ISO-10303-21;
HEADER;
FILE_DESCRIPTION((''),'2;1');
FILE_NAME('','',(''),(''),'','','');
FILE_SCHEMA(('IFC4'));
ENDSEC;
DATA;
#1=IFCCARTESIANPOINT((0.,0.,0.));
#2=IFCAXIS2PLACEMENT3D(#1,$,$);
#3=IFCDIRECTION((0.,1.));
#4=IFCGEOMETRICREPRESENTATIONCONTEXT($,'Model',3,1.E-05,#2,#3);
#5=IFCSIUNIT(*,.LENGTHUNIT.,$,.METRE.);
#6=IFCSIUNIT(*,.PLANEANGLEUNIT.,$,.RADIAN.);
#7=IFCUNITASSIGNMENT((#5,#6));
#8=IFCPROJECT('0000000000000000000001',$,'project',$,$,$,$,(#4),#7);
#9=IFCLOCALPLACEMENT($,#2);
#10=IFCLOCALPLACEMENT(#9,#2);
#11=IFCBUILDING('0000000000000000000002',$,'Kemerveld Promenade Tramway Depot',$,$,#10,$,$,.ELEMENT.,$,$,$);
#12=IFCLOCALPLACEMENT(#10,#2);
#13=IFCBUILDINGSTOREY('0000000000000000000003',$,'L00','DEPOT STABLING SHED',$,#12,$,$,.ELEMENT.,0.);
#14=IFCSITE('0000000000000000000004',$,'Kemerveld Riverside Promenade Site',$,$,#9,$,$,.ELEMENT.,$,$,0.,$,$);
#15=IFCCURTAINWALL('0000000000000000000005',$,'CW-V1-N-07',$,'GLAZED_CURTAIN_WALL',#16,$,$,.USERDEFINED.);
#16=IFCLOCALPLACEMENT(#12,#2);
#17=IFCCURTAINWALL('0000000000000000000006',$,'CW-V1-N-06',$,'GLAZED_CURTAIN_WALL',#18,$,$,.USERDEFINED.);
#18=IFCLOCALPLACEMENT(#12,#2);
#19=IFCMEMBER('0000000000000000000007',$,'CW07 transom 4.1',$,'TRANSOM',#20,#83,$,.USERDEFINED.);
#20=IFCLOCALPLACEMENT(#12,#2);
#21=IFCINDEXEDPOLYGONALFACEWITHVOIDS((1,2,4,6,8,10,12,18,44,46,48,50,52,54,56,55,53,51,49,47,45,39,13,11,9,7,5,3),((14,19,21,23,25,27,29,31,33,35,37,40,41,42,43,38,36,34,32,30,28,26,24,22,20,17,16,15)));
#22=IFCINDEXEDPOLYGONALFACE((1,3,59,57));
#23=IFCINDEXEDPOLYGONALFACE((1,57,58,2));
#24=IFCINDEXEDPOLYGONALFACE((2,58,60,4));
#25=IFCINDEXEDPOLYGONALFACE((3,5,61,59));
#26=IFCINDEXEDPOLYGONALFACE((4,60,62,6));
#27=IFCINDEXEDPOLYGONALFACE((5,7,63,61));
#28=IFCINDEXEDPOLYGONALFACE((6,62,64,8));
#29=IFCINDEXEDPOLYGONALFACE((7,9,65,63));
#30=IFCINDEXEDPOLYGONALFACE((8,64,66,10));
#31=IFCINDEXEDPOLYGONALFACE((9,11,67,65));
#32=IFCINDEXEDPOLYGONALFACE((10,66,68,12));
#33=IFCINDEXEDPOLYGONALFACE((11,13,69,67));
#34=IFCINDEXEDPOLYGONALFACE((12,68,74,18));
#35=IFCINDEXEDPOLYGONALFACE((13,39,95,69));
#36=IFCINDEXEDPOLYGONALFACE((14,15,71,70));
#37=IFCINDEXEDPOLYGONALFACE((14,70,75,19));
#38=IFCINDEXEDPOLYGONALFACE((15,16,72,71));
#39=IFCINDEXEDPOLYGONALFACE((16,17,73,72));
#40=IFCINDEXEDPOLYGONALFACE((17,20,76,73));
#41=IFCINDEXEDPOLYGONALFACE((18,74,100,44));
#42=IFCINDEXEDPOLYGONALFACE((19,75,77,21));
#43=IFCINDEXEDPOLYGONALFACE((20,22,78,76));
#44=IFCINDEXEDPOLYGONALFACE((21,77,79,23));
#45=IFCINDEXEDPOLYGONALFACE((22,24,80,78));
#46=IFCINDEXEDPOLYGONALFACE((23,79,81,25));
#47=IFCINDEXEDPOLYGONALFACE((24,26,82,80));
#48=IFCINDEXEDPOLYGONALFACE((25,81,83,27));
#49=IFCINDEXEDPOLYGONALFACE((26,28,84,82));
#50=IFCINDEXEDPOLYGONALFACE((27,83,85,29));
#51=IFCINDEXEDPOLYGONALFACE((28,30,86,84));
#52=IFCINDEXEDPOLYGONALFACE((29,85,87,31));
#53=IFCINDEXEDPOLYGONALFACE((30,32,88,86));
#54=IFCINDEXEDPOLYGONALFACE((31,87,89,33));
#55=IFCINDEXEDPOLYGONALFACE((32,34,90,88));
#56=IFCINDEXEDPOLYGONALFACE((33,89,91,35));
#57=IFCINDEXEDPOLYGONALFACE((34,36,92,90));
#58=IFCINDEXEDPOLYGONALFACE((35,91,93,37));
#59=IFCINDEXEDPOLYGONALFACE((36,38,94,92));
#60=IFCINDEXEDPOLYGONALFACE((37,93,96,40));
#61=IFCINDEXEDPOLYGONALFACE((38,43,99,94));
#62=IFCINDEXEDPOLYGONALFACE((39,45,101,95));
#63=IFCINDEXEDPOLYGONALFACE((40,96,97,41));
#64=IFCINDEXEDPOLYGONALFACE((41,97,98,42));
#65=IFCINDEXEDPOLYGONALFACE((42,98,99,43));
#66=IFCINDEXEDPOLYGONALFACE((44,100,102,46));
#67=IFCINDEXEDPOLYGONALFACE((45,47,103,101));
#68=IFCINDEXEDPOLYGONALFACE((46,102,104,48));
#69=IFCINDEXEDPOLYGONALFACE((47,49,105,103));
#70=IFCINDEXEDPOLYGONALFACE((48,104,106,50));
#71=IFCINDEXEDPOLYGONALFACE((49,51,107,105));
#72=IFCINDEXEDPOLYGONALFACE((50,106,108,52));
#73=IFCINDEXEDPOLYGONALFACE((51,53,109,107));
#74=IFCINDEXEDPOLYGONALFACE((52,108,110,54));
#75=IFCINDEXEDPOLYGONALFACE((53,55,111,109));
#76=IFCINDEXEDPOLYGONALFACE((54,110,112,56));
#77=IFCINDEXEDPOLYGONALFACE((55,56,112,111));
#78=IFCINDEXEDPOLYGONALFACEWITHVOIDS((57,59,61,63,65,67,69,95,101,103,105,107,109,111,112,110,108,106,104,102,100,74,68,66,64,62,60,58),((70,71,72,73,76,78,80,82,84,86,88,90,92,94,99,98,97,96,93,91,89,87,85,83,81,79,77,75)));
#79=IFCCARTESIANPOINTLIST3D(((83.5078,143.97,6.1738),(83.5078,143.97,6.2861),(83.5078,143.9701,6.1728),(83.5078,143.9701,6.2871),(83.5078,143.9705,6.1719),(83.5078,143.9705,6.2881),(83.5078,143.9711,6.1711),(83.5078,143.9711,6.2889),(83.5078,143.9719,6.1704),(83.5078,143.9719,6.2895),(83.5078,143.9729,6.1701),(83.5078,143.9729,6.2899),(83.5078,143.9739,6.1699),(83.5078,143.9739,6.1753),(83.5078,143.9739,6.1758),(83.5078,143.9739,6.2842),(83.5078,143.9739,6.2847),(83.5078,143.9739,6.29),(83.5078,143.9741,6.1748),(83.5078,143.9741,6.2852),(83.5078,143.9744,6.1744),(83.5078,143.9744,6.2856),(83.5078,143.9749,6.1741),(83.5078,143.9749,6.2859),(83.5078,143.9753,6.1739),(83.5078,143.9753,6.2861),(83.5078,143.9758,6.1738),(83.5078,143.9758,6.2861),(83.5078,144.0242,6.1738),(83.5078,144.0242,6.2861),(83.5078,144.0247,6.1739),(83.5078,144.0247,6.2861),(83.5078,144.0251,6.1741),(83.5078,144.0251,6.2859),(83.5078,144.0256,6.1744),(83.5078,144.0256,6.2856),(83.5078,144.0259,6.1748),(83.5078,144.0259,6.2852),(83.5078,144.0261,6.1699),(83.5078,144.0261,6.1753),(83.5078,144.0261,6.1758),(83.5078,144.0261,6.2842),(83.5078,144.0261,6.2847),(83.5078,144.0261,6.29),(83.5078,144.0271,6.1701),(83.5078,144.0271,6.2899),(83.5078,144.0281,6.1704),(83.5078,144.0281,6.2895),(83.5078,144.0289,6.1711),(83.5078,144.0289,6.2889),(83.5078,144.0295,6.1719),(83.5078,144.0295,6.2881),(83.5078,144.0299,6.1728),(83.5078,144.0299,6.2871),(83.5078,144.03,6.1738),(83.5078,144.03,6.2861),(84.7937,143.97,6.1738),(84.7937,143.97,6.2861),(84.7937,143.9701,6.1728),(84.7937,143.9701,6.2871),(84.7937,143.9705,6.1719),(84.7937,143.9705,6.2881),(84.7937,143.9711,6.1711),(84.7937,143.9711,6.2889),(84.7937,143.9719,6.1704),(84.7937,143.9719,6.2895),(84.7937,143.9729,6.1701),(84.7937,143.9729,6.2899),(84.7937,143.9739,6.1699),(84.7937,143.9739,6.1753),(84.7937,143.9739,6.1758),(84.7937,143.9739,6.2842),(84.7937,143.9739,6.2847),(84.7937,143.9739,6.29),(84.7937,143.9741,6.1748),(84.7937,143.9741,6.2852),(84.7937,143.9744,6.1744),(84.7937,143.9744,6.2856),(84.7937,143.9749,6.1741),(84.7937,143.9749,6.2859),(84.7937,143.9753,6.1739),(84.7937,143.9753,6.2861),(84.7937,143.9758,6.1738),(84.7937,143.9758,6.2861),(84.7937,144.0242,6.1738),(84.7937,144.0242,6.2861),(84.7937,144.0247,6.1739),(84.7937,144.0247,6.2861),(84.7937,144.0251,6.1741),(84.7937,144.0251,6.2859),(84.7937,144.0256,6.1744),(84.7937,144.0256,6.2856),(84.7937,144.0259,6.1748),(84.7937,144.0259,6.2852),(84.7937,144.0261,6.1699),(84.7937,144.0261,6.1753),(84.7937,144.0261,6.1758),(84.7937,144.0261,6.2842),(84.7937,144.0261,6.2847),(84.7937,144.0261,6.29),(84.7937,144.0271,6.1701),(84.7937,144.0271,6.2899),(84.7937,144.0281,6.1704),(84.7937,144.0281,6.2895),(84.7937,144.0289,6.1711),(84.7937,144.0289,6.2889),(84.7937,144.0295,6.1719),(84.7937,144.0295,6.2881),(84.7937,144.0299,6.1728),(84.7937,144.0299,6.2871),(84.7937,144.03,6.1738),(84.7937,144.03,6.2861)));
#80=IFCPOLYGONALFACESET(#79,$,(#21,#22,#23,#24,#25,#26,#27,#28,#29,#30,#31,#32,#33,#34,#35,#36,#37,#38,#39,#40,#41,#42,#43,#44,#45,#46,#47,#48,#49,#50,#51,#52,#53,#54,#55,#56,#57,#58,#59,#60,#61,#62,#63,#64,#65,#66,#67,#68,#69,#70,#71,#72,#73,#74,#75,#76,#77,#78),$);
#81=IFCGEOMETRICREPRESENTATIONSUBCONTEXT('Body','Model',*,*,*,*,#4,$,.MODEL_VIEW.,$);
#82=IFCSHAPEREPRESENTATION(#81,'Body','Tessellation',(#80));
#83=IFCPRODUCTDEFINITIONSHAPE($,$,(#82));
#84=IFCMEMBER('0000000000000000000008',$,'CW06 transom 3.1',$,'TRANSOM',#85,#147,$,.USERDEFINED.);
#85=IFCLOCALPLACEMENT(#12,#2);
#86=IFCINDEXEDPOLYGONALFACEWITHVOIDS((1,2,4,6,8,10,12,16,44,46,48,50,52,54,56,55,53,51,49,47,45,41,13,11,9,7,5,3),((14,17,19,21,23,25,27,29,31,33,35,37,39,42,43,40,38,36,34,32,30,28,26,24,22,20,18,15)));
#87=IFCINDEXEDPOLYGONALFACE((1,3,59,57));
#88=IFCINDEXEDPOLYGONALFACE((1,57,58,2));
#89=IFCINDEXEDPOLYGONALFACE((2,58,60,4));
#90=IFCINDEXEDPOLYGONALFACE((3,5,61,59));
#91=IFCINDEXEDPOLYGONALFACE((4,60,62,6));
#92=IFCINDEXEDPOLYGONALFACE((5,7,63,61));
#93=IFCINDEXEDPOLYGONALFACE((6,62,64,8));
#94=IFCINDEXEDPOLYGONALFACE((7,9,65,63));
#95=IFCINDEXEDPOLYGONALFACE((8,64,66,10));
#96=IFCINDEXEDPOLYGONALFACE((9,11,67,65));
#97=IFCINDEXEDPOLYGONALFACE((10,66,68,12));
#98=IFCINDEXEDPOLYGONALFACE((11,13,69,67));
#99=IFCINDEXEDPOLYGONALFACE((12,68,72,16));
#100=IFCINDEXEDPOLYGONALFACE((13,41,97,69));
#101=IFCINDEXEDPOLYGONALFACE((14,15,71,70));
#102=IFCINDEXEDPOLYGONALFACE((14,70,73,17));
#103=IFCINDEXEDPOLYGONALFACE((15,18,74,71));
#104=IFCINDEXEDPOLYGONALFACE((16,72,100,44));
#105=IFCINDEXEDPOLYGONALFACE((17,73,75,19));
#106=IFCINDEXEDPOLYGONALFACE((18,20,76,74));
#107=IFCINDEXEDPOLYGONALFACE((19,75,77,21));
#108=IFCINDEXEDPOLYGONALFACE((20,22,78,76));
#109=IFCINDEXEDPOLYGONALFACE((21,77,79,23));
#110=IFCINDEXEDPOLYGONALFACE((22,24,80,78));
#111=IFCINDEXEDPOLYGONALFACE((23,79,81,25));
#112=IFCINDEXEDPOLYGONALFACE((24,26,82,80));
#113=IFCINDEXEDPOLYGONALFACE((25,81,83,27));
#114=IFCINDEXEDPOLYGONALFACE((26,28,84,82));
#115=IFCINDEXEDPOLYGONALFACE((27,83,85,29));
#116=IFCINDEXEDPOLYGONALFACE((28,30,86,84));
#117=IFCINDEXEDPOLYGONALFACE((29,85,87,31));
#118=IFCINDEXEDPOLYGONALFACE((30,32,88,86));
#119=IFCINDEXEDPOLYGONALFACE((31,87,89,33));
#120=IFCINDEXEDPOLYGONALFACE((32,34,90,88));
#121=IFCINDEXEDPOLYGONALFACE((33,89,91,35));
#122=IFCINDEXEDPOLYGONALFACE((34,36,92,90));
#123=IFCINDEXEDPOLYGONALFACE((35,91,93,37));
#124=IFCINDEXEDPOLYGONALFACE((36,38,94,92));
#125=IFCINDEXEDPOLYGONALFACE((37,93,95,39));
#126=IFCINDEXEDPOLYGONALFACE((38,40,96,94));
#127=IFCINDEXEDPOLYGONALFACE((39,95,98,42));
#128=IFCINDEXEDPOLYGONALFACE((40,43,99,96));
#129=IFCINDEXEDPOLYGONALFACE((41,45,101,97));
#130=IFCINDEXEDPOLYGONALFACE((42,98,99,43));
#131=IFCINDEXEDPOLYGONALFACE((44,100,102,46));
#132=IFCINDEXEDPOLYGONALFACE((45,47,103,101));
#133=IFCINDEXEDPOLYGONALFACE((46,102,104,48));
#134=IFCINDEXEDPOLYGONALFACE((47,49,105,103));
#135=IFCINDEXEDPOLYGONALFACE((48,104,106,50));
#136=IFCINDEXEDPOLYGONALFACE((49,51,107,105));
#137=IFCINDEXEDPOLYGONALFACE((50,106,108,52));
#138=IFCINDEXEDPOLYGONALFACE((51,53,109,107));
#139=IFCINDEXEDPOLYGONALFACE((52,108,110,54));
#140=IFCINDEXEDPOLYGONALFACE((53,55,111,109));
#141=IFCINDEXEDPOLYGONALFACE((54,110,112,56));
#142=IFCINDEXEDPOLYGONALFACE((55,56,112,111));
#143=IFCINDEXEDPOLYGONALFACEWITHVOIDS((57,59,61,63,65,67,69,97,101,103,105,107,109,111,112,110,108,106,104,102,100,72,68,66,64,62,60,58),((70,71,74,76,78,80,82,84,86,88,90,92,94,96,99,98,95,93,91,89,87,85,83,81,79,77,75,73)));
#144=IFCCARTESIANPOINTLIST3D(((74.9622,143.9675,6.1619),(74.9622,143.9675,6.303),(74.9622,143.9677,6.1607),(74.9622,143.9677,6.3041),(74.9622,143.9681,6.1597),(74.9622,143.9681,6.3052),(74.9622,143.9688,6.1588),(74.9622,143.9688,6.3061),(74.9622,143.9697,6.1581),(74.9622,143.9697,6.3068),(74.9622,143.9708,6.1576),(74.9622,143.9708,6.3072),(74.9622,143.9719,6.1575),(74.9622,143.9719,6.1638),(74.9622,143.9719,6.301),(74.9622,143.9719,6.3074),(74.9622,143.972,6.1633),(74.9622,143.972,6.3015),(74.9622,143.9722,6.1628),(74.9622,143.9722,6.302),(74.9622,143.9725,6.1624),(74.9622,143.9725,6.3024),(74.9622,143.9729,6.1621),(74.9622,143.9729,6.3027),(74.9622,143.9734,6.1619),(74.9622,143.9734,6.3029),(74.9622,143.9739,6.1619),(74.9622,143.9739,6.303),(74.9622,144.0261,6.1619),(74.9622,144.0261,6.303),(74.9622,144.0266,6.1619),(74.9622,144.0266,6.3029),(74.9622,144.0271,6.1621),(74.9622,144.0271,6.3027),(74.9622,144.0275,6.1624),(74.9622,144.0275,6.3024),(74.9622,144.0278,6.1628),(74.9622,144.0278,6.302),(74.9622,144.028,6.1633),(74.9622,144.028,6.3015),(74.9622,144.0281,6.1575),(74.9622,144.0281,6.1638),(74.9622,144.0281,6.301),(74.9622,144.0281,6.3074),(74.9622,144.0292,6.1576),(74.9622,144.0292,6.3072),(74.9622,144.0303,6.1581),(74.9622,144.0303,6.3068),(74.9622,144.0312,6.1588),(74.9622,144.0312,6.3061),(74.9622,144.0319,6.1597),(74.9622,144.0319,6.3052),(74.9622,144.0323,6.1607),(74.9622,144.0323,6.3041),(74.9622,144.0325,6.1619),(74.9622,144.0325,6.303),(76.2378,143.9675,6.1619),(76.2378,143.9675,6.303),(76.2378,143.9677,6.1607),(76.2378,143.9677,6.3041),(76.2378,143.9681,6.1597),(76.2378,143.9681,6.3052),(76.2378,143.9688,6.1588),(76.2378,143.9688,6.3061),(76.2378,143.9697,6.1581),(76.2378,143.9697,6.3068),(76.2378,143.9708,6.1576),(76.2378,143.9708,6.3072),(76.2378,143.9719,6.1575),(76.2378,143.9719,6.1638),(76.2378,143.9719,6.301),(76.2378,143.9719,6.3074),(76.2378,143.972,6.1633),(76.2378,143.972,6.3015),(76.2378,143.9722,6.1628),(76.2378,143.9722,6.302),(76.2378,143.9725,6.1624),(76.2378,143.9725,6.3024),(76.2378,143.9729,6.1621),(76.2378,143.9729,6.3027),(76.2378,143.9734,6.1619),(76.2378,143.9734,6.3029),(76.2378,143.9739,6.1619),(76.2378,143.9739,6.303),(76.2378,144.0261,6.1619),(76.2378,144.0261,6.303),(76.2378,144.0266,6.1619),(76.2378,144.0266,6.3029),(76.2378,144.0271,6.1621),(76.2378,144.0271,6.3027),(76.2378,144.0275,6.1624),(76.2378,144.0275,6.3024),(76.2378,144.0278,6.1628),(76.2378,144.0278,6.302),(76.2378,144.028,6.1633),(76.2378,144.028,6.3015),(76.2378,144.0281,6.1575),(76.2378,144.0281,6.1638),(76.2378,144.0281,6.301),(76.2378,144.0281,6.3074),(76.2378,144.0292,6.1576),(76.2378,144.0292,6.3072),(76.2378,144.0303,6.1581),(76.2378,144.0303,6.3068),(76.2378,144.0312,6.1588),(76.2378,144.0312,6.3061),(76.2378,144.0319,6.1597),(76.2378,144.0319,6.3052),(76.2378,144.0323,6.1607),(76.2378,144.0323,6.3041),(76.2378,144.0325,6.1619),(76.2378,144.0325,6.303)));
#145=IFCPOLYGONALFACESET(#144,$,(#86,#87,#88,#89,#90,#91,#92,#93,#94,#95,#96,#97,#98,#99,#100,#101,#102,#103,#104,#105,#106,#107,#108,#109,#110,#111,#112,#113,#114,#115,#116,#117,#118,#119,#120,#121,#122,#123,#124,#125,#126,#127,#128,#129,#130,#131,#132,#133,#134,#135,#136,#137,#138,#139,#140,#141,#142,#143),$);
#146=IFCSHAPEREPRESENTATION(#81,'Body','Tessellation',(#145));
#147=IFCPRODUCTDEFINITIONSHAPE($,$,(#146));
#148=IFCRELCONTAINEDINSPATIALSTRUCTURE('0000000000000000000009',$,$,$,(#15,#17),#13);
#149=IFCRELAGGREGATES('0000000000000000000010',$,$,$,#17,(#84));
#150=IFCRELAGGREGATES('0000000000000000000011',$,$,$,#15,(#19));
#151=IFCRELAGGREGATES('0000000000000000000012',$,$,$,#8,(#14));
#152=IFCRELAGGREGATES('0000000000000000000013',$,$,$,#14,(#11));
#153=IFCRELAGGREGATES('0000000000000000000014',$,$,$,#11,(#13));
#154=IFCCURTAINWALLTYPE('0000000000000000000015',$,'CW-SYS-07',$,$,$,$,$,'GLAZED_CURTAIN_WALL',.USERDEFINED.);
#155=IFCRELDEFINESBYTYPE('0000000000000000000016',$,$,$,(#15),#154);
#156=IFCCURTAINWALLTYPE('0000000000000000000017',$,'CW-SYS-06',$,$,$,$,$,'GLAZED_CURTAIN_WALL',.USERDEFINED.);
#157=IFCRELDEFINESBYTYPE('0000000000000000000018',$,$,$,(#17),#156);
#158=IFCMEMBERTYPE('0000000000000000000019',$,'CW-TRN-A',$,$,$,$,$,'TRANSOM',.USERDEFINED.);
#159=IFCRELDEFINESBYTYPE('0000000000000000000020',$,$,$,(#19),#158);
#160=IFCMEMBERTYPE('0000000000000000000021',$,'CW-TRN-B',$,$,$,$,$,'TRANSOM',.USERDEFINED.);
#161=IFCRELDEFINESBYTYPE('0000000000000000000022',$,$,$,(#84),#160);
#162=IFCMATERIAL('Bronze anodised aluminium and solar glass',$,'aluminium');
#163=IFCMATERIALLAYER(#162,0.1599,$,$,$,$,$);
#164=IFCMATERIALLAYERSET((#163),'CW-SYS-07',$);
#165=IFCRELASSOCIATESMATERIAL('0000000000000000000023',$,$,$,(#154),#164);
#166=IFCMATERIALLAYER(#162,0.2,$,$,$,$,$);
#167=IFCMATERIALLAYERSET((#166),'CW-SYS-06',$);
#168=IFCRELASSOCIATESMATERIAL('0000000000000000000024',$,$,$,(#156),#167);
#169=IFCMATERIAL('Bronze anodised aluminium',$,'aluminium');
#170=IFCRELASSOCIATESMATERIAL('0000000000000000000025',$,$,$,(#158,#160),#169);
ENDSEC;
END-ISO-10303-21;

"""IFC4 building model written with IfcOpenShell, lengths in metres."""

from ifc_helpers import new_model, si_unit, direction, frame, origin, origin_2d, place, context, subcontext, project, spatial, hollow_rectangle, extrude, material, layer, layer_set, material_profile, profile_set, type_object, element, aggregate, save


model = new_model("IFC4")

# Units and contexts
model_context = context("Model", 3, precision=1e-05, world=origin(), true_north=direction((0.0, 1.0)))
body_context = subcontext(model_context, "Body", "Model", "MODEL_VIEW")
ifc_project = project(units=[si_unit("LENGTHUNIT", "METRE"), si_unit("PLANEANGLEUNIT", "RADIAN")], contexts=[model_context])

# Site, building, storey
site_placement = place(None, origin())
site = spatial("IfcSite", under=ifc_project, at=site_placement, Name="Kemerveld Riverside Promenade Site", CompositionType="ELEMENT", RefElevation=0.0)
building_placement = place(site_placement, origin())
building = spatial("IfcBuilding", under=site, at=building_placement, Name="Kemerveld Promenade Tramway Depot", CompositionType="ELEMENT")
storey_placement = place(building_placement, origin())
storey = spatial("IfcBuildingStorey", under=building, at=storey_placement, Name="L00", Description="DEPOT STABLING SHED", CompositionType="ELEMENT", Elevation=0.0)

# Curtain walls
ifc_material_1 = material(Name="Bronze anodised aluminium and solar glass", Category="aluminium")
ifc_layer_1 = layer(ifc_material_1, 0.1599)
ifc_layer_set_1 = layer_set([ifc_layer_1], Name="CW-SYS-07")
curtain_wall_type_1 = type_object("IfcCurtainWallType", Name="CW-SYS-07", ElementType="GLAZED_CURTAIN_WALL", PredefinedType="USERDEFINED", material=ifc_layer_set_1)
curtain_wall_1_placement = place(storey_placement, origin())
curtain_wall_1 = element("IfcCurtainWall", 1, at=curtain_wall_1_placement, inside=storey, type_object=curtain_wall_type_1, Name="CW-V1-N-07", ObjectType="GLAZED_CURTAIN_WALL", PredefinedType="USERDEFINED")
ifc_material_2 = material(Name="Bronze anodised aluminium", Category="aluminium")
ifc_layer_2 = layer(ifc_material_1, 0.2)
ifc_layer_set_2 = layer_set([ifc_layer_2], Name="CW-SYS-06")
curtain_wall_type_2 = type_object("IfcCurtainWallType", Name="CW-SYS-06", ElementType="GLAZED_CURTAIN_WALL", PredefinedType="USERDEFINED", material=ifc_layer_set_2)
curtain_wall_2_placement = place(storey_placement, origin())
curtain_wall_2 = element("IfcCurtainWall", 2, at=curtain_wall_2_placement, inside=storey, type_object=curtain_wall_type_2, Name="CW-V1-N-06", ObjectType="GLAZED_CURTAIN_WALL", PredefinedType="USERDEFINED")

# Members
ifc_material_profile_1 = material_profile(ifc_material_2, hollow_rectangle(XDim=0.0601, YDim=0.1201, WallThickness=0.0039, InnerFilletRadius=0.002, OuterFilletRadius=0.0039, at=origin_2d()), Name="CW-TRN-120x60")
ifc_profile_set_1 = profile_set([ifc_material_profile_1], Name="Bronze anodised aluminium")
member_type_1 = type_object("IfcMemberType", Name="CW-TRN-A", ElementType="TRANSOM", PredefinedType="USERDEFINED", material=ifc_profile_set_1)
member_1_placement = place(storey_placement, frame((83.5078, 144.0, 6.23), z_axis=(1.0, 0.0, 0.0), x_axis=(0.0, 1.0, 0.0)))
member_1 = element("IfcMember", 3, at=member_1_placement, type_object=member_type_1, Name="CW07 transom 4.1", ObjectType="TRANSOM", PredefinedType="USERDEFINED", context=body_context, shape_type="SweptSolid", body=[
    extrude(hollow_rectangle(XDim=0.0601, YDim=0.1201, WallThickness=0.0039, InnerFilletRadius=0.002, OuterFilletRadius=0.0039, at=origin_2d()), origin(), (0.0, 0.0, 1.0), 1.2859),
])
ifc_material_profile_2 = material_profile(ifc_material_2, hollow_rectangle(XDim=0.0649, YDim=0.1499, WallThickness=0.0044, InnerFilletRadius=0.002, OuterFilletRadius=0.0044, at=origin_2d()), Name="CW-TRN-150x65")
ifc_profile_set_2 = profile_set([ifc_material_profile_2], Name="Bronze anodised aluminium")
member_type_2 = type_object("IfcMemberType", Name="CW-TRN-B", ElementType="TRANSOM", PredefinedType="USERDEFINED", material=ifc_profile_set_2)
member_2_placement = place(storey_placement, frame((74.9622, 144.0, 6.2324), z_axis=(1.0, 0.0, 0.0), x_axis=(0.0, 1.0, 0.0)))
member_2 = element("IfcMember", 4, at=member_2_placement, type_object=member_type_2, Name="CW06 transom 3.1", ObjectType="TRANSOM", PredefinedType="USERDEFINED", context=body_context, shape_type="SweptSolid", body=[
    extrude(hollow_rectangle(XDim=0.0649, YDim=0.1499, WallThickness=0.0044, InnerFilletRadius=0.002, OuterFilletRadius=0.0044, at=origin_2d()), origin(), (0.0, 0.0, 1.0), 1.2756),
])

aggregate(curtain_wall_2, [member_2])
aggregate(curtain_wall_1, [member_1])

save(model, "model.ifc")
